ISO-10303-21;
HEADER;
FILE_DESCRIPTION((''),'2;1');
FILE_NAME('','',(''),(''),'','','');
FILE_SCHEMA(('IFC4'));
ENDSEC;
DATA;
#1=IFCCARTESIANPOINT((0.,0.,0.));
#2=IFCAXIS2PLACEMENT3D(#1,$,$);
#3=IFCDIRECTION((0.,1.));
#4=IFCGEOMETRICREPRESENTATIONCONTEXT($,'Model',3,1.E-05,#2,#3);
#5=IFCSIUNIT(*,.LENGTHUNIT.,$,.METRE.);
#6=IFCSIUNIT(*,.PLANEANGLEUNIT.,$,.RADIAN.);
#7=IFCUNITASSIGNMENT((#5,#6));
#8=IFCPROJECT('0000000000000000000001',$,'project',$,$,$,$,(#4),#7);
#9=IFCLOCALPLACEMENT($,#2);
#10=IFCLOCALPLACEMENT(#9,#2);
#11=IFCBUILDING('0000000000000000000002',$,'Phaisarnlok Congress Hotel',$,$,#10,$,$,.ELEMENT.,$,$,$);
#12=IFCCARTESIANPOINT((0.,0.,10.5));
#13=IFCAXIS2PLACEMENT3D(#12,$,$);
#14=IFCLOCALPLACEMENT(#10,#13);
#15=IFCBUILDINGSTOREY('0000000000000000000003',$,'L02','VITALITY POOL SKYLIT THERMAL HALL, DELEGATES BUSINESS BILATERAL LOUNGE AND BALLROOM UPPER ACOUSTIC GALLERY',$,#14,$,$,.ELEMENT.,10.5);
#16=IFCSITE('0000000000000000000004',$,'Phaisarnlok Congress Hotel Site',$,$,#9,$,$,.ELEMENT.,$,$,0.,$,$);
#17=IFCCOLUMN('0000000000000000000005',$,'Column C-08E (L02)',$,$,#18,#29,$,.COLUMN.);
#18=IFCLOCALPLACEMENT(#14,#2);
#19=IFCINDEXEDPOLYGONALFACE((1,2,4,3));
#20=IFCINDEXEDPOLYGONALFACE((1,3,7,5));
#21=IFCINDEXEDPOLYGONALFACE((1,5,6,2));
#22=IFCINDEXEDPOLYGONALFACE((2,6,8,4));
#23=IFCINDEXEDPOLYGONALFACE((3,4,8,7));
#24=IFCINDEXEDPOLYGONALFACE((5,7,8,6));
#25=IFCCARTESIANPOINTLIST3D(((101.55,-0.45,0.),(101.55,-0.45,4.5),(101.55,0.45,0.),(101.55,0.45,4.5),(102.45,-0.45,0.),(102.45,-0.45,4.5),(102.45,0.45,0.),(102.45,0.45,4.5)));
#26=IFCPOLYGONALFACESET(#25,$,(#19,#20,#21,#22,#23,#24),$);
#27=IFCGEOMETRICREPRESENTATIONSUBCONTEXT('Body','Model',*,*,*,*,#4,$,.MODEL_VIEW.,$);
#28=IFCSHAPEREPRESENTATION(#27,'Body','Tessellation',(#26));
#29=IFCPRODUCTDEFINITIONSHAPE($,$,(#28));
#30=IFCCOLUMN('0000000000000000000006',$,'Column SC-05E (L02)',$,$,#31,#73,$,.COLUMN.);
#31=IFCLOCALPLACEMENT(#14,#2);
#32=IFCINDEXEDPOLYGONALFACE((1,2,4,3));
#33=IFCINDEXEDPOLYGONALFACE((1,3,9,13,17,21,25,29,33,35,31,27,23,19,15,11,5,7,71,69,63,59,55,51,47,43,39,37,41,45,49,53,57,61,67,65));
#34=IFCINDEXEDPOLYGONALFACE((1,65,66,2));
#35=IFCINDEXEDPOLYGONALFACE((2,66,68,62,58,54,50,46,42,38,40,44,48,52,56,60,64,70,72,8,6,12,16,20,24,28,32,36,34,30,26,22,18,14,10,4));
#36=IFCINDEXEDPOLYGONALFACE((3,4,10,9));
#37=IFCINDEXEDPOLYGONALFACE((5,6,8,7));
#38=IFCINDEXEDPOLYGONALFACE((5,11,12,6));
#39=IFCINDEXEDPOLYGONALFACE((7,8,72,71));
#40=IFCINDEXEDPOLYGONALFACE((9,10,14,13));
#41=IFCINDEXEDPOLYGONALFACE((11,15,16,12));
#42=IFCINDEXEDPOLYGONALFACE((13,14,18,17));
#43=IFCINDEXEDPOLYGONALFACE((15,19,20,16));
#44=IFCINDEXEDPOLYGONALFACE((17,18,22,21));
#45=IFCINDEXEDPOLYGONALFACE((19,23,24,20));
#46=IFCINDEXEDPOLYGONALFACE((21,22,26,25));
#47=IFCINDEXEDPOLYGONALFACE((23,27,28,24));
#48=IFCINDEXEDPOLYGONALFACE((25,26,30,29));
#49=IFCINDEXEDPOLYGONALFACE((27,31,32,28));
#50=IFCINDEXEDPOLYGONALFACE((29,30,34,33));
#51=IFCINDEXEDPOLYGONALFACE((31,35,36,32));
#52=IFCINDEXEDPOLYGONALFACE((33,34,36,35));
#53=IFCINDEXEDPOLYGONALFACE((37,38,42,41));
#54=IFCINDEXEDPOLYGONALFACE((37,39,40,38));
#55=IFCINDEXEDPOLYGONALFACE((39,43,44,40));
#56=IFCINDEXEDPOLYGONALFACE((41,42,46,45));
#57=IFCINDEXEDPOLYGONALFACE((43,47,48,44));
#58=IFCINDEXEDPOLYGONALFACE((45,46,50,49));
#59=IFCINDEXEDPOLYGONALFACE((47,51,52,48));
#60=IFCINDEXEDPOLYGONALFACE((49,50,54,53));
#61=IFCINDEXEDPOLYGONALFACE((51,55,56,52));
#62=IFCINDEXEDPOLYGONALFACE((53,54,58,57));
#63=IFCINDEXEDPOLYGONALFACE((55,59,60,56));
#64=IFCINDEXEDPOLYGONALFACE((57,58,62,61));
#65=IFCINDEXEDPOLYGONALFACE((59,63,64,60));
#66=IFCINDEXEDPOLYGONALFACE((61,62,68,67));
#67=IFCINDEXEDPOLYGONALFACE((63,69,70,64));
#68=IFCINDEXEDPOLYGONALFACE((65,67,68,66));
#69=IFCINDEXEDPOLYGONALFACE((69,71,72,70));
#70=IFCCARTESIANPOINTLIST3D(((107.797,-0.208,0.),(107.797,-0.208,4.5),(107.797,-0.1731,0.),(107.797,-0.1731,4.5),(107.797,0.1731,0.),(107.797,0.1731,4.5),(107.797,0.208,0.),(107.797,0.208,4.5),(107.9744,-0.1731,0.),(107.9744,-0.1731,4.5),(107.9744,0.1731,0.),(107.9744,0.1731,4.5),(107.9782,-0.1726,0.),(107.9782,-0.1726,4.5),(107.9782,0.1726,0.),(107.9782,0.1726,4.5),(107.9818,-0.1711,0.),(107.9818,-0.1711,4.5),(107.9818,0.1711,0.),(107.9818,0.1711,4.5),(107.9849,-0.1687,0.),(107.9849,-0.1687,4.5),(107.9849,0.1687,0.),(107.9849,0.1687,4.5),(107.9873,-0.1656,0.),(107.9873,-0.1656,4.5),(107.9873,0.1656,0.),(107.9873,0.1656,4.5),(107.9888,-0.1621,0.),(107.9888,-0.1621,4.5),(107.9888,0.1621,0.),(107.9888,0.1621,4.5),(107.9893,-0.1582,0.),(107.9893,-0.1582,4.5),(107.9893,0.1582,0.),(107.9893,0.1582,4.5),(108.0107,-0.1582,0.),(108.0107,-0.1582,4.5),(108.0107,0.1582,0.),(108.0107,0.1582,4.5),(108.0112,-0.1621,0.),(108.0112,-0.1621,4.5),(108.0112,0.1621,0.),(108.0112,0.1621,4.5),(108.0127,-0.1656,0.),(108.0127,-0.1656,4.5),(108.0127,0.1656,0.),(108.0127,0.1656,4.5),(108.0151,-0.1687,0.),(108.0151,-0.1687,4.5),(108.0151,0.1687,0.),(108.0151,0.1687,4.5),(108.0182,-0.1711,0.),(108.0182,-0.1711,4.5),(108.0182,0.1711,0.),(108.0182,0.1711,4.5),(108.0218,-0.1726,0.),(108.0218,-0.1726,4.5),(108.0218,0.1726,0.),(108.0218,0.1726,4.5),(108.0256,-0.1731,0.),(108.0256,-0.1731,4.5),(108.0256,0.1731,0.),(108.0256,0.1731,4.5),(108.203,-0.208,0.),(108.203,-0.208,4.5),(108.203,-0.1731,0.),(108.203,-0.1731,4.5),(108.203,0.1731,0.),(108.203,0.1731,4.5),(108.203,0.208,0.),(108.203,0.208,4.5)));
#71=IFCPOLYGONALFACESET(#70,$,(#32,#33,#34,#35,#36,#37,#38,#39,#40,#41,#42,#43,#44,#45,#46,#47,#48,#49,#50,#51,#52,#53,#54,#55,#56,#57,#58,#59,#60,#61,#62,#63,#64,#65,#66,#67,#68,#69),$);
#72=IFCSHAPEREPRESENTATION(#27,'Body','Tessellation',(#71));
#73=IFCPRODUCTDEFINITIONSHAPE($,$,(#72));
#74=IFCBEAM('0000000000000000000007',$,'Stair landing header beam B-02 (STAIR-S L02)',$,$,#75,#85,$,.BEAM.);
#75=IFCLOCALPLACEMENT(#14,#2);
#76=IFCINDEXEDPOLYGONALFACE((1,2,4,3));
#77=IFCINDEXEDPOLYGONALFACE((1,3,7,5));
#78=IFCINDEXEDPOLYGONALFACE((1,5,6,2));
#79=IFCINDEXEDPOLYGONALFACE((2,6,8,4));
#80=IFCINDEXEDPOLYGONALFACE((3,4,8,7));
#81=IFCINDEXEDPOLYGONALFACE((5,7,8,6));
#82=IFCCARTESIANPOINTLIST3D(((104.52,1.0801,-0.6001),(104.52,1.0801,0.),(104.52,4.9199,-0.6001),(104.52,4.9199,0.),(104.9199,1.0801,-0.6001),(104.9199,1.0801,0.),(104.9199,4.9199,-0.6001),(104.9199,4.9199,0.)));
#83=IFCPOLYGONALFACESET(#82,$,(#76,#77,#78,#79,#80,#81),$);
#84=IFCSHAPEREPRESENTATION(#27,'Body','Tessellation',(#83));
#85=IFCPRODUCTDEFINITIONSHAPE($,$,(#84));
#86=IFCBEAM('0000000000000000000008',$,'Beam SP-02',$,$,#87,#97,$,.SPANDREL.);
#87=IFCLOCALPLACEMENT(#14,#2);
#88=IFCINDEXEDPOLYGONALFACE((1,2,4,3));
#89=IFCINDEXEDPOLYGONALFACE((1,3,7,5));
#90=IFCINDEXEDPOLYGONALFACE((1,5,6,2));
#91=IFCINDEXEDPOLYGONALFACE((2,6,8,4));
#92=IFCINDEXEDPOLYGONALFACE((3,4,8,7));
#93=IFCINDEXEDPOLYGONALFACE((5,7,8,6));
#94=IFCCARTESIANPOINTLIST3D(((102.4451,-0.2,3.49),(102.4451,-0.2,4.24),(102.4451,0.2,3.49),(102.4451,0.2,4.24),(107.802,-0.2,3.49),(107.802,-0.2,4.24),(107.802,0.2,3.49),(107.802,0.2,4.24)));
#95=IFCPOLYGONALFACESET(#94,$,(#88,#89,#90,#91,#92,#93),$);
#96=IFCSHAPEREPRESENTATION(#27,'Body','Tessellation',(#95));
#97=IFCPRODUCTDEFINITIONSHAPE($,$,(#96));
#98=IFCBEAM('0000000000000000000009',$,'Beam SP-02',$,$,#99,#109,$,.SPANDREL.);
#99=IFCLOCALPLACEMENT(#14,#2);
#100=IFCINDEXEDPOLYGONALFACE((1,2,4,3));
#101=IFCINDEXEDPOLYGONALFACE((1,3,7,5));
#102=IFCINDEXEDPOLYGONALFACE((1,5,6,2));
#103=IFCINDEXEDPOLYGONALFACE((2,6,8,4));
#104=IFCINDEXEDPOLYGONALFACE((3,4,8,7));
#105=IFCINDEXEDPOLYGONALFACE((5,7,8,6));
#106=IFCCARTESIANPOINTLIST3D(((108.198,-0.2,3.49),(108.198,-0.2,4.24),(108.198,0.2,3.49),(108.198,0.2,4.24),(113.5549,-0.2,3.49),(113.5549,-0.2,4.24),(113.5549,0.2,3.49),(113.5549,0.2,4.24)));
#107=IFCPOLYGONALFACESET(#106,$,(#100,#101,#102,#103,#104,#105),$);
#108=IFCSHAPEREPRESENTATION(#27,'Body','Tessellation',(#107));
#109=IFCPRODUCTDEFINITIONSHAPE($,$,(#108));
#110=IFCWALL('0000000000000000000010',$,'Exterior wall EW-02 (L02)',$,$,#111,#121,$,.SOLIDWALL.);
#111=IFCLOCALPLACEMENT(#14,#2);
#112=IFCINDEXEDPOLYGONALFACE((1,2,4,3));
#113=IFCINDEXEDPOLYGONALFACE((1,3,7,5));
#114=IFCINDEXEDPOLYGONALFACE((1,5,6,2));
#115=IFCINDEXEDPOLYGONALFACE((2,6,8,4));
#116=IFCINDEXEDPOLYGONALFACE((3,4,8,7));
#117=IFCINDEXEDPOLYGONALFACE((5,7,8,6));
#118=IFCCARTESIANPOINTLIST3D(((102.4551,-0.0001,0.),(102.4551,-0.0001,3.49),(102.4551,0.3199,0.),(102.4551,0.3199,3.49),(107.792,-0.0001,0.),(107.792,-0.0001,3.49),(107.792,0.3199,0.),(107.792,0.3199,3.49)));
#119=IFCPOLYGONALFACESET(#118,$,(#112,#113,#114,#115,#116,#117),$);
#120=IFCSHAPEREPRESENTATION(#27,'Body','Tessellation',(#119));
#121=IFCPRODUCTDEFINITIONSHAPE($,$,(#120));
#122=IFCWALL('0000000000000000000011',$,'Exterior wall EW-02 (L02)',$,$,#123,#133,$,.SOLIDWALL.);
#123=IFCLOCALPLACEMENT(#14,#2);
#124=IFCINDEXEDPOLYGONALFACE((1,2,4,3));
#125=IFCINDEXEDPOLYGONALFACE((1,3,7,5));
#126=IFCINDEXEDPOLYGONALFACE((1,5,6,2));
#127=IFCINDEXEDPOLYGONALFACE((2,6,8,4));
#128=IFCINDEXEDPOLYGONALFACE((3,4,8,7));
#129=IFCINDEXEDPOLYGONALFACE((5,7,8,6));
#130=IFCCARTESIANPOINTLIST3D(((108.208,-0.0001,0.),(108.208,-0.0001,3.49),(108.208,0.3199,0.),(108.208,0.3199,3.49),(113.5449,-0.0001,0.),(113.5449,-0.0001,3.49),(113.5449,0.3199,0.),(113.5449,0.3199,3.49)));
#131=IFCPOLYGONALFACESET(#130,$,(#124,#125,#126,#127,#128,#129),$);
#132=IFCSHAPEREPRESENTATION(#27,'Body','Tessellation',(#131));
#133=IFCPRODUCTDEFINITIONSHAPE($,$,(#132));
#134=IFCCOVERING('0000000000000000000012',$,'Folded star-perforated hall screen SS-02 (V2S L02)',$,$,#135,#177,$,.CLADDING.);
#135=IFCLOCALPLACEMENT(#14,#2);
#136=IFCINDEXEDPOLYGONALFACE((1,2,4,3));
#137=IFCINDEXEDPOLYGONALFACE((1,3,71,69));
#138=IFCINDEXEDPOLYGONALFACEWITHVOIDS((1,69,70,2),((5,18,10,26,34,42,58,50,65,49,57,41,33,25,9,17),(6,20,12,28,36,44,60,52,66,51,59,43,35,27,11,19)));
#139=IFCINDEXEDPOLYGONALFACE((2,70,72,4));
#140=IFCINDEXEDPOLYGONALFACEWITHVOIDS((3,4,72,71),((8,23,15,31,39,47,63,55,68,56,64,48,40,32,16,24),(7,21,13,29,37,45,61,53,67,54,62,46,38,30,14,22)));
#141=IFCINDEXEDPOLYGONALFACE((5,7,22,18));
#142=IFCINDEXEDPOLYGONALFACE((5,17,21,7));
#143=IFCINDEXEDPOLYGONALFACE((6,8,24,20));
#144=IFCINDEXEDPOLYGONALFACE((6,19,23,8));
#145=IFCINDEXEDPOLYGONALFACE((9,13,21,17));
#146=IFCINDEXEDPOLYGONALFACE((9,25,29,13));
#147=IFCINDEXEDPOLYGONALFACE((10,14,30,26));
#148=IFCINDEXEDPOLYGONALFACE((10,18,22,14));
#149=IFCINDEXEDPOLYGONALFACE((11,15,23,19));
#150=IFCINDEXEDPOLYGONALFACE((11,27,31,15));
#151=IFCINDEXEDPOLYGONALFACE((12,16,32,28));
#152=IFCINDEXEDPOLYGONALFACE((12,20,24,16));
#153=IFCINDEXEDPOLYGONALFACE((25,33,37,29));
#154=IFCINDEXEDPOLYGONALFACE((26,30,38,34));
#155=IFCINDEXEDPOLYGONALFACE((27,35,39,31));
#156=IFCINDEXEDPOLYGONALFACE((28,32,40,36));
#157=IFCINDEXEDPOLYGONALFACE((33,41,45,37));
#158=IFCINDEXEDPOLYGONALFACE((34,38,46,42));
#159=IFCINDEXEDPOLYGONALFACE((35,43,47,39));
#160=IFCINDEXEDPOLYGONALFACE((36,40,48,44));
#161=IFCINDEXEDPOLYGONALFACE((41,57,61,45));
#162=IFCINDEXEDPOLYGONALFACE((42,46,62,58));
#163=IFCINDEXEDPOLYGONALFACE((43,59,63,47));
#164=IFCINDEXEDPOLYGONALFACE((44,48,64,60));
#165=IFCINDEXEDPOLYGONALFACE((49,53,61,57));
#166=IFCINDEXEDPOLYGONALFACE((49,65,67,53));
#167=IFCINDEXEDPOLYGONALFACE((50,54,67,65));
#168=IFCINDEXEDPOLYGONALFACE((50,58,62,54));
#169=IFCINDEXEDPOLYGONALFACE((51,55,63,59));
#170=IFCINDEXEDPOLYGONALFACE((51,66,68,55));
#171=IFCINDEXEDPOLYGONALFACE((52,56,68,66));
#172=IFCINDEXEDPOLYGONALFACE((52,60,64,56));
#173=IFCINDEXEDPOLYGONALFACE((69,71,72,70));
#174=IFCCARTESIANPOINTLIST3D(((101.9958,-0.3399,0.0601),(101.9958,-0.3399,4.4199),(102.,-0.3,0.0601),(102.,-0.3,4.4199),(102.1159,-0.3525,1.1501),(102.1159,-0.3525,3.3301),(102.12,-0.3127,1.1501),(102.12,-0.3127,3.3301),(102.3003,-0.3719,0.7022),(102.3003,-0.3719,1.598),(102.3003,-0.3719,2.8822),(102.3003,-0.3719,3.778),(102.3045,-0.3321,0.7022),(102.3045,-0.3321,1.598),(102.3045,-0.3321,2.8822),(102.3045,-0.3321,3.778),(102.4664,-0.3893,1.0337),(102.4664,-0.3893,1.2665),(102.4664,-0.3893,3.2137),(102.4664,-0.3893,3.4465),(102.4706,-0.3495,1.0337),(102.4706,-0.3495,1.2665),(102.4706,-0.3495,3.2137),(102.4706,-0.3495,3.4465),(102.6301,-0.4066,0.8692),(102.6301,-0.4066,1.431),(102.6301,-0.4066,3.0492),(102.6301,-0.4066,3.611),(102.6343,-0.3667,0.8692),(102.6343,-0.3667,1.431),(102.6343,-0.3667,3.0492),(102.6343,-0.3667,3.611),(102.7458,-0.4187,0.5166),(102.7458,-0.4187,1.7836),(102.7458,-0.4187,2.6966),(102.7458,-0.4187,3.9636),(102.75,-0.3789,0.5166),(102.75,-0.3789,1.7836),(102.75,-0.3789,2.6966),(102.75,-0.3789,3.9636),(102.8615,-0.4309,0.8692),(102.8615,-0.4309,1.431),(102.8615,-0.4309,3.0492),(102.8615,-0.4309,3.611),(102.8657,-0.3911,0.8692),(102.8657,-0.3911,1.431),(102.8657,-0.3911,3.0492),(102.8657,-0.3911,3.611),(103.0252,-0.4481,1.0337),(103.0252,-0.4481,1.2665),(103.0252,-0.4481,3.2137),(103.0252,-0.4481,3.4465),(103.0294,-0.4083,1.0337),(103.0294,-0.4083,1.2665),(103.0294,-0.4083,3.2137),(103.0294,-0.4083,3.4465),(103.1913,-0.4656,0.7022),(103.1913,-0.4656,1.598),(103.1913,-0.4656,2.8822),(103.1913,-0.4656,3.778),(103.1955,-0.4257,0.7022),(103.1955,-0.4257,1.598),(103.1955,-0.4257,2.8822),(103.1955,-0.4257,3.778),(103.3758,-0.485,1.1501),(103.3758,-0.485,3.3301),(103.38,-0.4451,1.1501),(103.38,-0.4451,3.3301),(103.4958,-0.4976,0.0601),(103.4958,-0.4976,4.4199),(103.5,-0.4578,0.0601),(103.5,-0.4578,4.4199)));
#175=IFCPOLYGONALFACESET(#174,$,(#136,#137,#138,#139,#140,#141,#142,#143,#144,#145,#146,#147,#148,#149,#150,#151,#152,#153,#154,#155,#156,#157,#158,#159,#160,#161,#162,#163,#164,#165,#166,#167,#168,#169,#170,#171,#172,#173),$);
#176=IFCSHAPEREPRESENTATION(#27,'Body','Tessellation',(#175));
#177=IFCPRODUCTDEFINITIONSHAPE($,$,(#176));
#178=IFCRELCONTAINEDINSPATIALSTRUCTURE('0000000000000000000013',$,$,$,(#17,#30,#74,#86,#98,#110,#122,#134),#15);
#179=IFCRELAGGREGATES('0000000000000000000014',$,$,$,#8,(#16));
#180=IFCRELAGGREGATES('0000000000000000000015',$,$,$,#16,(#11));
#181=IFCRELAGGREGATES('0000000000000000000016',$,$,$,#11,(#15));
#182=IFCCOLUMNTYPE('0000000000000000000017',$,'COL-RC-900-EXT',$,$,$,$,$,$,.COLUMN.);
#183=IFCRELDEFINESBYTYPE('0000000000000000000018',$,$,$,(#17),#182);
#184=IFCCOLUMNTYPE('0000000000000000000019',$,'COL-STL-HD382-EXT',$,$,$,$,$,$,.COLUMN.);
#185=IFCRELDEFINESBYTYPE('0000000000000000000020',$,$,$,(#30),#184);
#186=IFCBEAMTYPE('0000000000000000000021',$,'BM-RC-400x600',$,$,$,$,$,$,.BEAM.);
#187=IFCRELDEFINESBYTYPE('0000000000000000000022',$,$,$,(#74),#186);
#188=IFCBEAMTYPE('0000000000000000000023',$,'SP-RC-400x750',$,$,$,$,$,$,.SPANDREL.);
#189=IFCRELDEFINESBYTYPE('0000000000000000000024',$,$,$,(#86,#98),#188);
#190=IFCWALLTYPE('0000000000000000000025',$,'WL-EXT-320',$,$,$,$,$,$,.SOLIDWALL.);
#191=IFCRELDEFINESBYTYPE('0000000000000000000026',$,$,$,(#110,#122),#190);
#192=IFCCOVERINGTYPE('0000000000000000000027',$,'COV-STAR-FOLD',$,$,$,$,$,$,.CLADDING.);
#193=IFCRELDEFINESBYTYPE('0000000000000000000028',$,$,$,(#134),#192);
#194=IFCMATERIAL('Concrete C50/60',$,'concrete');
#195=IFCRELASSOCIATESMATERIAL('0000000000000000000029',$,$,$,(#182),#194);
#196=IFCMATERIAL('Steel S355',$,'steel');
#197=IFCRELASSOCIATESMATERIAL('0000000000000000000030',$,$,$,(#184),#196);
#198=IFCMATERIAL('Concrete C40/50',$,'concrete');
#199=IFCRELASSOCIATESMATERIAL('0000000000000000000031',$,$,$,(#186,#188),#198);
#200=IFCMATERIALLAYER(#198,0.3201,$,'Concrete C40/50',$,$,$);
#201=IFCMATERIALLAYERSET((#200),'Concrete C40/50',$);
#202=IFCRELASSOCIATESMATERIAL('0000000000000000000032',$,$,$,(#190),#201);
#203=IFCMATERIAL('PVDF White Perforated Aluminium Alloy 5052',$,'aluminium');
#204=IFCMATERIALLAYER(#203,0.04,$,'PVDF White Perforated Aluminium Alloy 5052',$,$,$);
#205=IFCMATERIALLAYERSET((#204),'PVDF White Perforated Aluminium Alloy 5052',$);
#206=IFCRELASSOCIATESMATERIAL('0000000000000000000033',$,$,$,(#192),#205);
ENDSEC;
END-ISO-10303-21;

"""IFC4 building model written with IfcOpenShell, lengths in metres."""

from ifc_helpers import new_model, si_unit, direction, frame, frame_2d, origin, origin_2d, place, context, subcontext, project, spatial, polyline, rectangle, i_section, outline, extrude, material, layer, layer_set, material_profile, profile_set, type_object, element, save


model = new_model("IFC4")

# Units and contexts
model_context = context("Model", 3, precision=1e-05, world=origin(), true_north=direction((0.0, 1.0)))
body_context = subcontext(model_context, "Body", "Model", "MODEL_VIEW")
ifc_project = project(units=[si_unit("LENGTHUNIT", "METRE"), si_unit("PLANEANGLEUNIT", "RADIAN")], contexts=[model_context])

# Site, building, storey
site_placement = place(None, origin())
site = spatial("IfcSite", under=ifc_project, at=site_placement, Name="Phaisarnlok Congress Hotel Site", CompositionType="ELEMENT", RefElevation=0.0)
building_placement = place(site_placement, origin())
building = spatial("IfcBuilding", under=site, at=building_placement, Name="Phaisarnlok Congress Hotel", CompositionType="ELEMENT")
storey_placement = place(building_placement, frame((0.0, 0.0, 10.5)))
storey = spatial("IfcBuildingStorey", under=building, at=storey_placement, Name="L02", Description="VITALITY POOL SKYLIT THERMAL HALL, DELEGATES BUSINESS BILATERAL LOUNGE AND BALLROOM UPPER ACOUSTIC GALLERY", CompositionType="ELEMENT", Elevation=10.5)

# Columns
ifc_material_1 = material(Name="Concrete C50/60", Category="concrete")
ifc_material_profile_1 = material_profile(ifc_material_1, rectangle(XDim=0.8999, YDim=0.8999, at=origin_2d()), Name="RC 900x900")
ifc_profile_set_1 = profile_set([ifc_material_profile_1], Name="Concrete C50/60")
column_type_1 = type_object("IfcColumnType", Name="COL-RC-900-EXT", PredefinedType="COLUMN", material=ifc_profile_set_1)
column_1_placement = place(storey_placement, frame((102.0, 0.0, 0.0), z_axis=(0.0, 0.0, 1.0), x_axis=(1.0, 0.0, 0.0)))
element("IfcColumn", 1, at=column_1_placement, inside=storey, type_object=column_type_1, Name="Column C-08E (L02)", PredefinedType="COLUMN", context=body_context, shape_type="SweptSolid", body=[
    extrude(rectangle(XDim=0.8999, YDim=0.8999, at=origin_2d()), origin(), (0.0, 0.0, 1.0), 4.5),
])
ifc_material_2 = material(Name="Steel S355", Category="steel")
ifc_material_profile_2 = material_profile(ifc_material_2, i_section(OverallWidth=0.406, OverallDepth=0.416, WebThickness=0.0215, FlangeThickness=0.0349, FilletRadius=0.0149, at=origin_2d()), Name="HD 400x382")
ifc_profile_set_2 = profile_set([ifc_material_profile_2], Name="Steel S355")
column_type_2 = type_object("IfcColumnType", Name="COL-STL-HD382-EXT", PredefinedType="COLUMN", material=ifc_profile_set_2)
column_2_placement = place(storey_placement, frame((108.0, 0.0, 0.0), z_axis=(0.0, 0.0, 1.0), x_axis=(1.0, 0.0, 0.0)))
element("IfcColumn", 2, at=column_2_placement, inside=storey, type_object=column_type_2, Name="Column SC-05E (L02)", PredefinedType="COLUMN", context=body_context, shape_type="SweptSolid", body=[
    extrude(i_section(OverallWidth=0.406, OverallDepth=0.416, WebThickness=0.0215, FlangeThickness=0.0349, FilletRadius=0.0149, at=origin_2d()), origin(), (0.0, 0.0, 1.0), 4.5),
])

# Beams
ifc_material_3 = material(Name="Concrete C40/50", Category="concrete")
ifc_material_profile_3 = material_profile(ifc_material_3, rectangle(XDim=0.3999, YDim=0.6001, at=origin_2d()), Name="RC 400x600")
ifc_profile_set_3 = profile_set([ifc_material_profile_3], Name="Concrete C40/50")
beam_type_1 = type_object("IfcBeamType", Name="BM-RC-400x600", PredefinedType="BEAM", material=ifc_profile_set_3)
beam_placement = place(storey_placement, frame((104.72, 1.0801, -0.3), z_axis=(0.0, 1.0, 0.0), x_axis=(-1.0, 0.0, 0.0)))
element("IfcBeam", 3, at=beam_placement, inside=storey, type_object=beam_type_1, Name="Stair landing header beam B-02 (STAIR-S L02)", PredefinedType="BEAM", context=body_context, shape_type="SweptSolid", body=[
    extrude(rectangle(XDim=0.3999, YDim=0.6001, at=origin_2d()), origin(), (0.0, 0.0, 1.0), 3.8398),
])
ifc_material_profile_4 = material_profile(ifc_material_3, rectangle(XDim=0.3999, YDim=0.75, at=origin_2d()), Name="RC 400x750")
ifc_profile_set_4 = profile_set([ifc_material_profile_4], Name="Concrete C40/50")
beam_type_2 = type_object("IfcBeamType", Name="SP-RC-400x750", PredefinedType="SPANDREL", material=ifc_profile_set_4)
for number, where, z_axis, x_axis, name in (
    (4, (102.4451, 0.0, 3.865), (1.0, 0.0, 0.0), (0.0, 1.0, 0.0), "Beam SP-02"),
    (5, (108.198, 0.0, 3.865), (1.0, 0.0, 0.0), (0.0, 1.0, 0.0), "Beam SP-02"),
):
    element("IfcBeam", number, at=place(storey_placement, frame(where, z_axis=z_axis, x_axis=x_axis)), inside=storey, type_object=beam_type_2, Name=name, PredefinedType="SPANDREL", context=body_context, shape_type="SweptSolid", body=[
        extrude(rectangle(XDim=0.3999, YDim=0.75, at=origin_2d()), origin(), (0.0, 0.0, 1.0), 5.3569),
    ])

# Walls
ifc_layer_1 = layer(ifc_material_3, 0.3201, Name="Concrete C40/50")
ifc_layer_set_1 = layer_set([ifc_layer_1], Name="Concrete C40/50")
wall_type_1 = type_object("IfcWallType", Name="WL-EXT-320", PredefinedType="SOLIDWALL", material=ifc_layer_set_1)
for number, where, z_axis, x_axis, name in (
    (6, (102.4551, 0.1599, 0.0), (0.0, 0.0, 1.0), (1.0, 0.0, 0.0), "Exterior wall EW-02 (L02)"),
    (7, (108.208, 0.1599, 0.0), (0.0, 0.0, 1.0), (1.0, 0.0, 0.0), "Exterior wall EW-02 (L02)"),
):
    element("IfcWall", number, at=place(storey_placement, frame(where, z_axis=z_axis, x_axis=x_axis)), inside=storey, type_object=wall_type_1, Name=name, PredefinedType="SOLIDWALL", context=body_context, shape_type="SweptSolid", body=[
        extrude(rectangle(XDim=5.3369, YDim=0.3201, at=frame_2d((2.6685, 0.0))), origin(), (0.0, 0.0, 1.0), 3.49),
    ])

# Covering
ifc_material_4 = material(Name="PVDF White Perforated Aluminium Alloy 5052", Category="aluminium")
ifc_layer_2 = layer(ifc_material_4, 0.04, Name="PVDF White Perforated Aluminium Alloy 5052")
ifc_layer_set_2 = layer_set([ifc_layer_2], Name="PVDF White Perforated Aluminium Alloy 5052")
covering_type = type_object("IfcCoveringType", Name="COV-STAR-FOLD", PredefinedType="CLADDING", material=ifc_layer_set_2)
for number, where, z_axis, x_axis, name in (
    (8, (102.0, -0.3, 0.0601), (-0.104567, -0.994518, 0.0), (0.994518, -0.104567, 0.0), "Folded star-perforated hall screen SS-02 (V2S L02)"),
):
    element("IfcCovering", number, at=place(storey_placement, frame(where, z_axis=z_axis, x_axis=x_axis)), inside=storey, type_object=covering_type, Name=name, PredefinedType="CLADDING", context=body_context, shape_type="SweptSolid", body=[
        extrude(outline(polyline([(0.0, 0.0), (1.5083, 0.0), (1.5083, 4.3599), (0.0, 4.3599), (0.0, 0.0)]), holes=[polyline([(1.0351, 0.9736), (1.2021, 0.6421), (0.8705, 0.8091), (0.7541, 0.4565), (0.6378, 0.8091), (0.3062, 0.6421), (0.4732, 0.9736), (0.1207, 1.09), (0.4732, 1.2064), (0.3062, 1.5379), (0.6378, 1.3709), (0.7541, 1.7235), (0.8705, 1.3709), (1.2021, 1.5379), (1.0351, 1.2064), (1.3876, 1.09), (1.0351, 0.9736)]), polyline([(1.0351, 3.1536), (1.2021, 2.8221), (0.8705, 2.9891), (0.7541, 2.6365), (0.6378, 2.9891), (0.3062, 2.8221), (0.4732, 3.1536), (0.1207, 3.27), (0.4732, 3.3864), (0.3062, 3.7179), (0.6378, 3.5509), (0.7541, 3.9035), (0.8705, 3.5509), (1.2021, 3.7179), (1.0351, 3.3864), (1.3876, 3.27), (1.0351, 3.1536)])]), origin(), (0.0, 0.0, 1.0), 0.04),
    ])

save(model, "model.ifc")
